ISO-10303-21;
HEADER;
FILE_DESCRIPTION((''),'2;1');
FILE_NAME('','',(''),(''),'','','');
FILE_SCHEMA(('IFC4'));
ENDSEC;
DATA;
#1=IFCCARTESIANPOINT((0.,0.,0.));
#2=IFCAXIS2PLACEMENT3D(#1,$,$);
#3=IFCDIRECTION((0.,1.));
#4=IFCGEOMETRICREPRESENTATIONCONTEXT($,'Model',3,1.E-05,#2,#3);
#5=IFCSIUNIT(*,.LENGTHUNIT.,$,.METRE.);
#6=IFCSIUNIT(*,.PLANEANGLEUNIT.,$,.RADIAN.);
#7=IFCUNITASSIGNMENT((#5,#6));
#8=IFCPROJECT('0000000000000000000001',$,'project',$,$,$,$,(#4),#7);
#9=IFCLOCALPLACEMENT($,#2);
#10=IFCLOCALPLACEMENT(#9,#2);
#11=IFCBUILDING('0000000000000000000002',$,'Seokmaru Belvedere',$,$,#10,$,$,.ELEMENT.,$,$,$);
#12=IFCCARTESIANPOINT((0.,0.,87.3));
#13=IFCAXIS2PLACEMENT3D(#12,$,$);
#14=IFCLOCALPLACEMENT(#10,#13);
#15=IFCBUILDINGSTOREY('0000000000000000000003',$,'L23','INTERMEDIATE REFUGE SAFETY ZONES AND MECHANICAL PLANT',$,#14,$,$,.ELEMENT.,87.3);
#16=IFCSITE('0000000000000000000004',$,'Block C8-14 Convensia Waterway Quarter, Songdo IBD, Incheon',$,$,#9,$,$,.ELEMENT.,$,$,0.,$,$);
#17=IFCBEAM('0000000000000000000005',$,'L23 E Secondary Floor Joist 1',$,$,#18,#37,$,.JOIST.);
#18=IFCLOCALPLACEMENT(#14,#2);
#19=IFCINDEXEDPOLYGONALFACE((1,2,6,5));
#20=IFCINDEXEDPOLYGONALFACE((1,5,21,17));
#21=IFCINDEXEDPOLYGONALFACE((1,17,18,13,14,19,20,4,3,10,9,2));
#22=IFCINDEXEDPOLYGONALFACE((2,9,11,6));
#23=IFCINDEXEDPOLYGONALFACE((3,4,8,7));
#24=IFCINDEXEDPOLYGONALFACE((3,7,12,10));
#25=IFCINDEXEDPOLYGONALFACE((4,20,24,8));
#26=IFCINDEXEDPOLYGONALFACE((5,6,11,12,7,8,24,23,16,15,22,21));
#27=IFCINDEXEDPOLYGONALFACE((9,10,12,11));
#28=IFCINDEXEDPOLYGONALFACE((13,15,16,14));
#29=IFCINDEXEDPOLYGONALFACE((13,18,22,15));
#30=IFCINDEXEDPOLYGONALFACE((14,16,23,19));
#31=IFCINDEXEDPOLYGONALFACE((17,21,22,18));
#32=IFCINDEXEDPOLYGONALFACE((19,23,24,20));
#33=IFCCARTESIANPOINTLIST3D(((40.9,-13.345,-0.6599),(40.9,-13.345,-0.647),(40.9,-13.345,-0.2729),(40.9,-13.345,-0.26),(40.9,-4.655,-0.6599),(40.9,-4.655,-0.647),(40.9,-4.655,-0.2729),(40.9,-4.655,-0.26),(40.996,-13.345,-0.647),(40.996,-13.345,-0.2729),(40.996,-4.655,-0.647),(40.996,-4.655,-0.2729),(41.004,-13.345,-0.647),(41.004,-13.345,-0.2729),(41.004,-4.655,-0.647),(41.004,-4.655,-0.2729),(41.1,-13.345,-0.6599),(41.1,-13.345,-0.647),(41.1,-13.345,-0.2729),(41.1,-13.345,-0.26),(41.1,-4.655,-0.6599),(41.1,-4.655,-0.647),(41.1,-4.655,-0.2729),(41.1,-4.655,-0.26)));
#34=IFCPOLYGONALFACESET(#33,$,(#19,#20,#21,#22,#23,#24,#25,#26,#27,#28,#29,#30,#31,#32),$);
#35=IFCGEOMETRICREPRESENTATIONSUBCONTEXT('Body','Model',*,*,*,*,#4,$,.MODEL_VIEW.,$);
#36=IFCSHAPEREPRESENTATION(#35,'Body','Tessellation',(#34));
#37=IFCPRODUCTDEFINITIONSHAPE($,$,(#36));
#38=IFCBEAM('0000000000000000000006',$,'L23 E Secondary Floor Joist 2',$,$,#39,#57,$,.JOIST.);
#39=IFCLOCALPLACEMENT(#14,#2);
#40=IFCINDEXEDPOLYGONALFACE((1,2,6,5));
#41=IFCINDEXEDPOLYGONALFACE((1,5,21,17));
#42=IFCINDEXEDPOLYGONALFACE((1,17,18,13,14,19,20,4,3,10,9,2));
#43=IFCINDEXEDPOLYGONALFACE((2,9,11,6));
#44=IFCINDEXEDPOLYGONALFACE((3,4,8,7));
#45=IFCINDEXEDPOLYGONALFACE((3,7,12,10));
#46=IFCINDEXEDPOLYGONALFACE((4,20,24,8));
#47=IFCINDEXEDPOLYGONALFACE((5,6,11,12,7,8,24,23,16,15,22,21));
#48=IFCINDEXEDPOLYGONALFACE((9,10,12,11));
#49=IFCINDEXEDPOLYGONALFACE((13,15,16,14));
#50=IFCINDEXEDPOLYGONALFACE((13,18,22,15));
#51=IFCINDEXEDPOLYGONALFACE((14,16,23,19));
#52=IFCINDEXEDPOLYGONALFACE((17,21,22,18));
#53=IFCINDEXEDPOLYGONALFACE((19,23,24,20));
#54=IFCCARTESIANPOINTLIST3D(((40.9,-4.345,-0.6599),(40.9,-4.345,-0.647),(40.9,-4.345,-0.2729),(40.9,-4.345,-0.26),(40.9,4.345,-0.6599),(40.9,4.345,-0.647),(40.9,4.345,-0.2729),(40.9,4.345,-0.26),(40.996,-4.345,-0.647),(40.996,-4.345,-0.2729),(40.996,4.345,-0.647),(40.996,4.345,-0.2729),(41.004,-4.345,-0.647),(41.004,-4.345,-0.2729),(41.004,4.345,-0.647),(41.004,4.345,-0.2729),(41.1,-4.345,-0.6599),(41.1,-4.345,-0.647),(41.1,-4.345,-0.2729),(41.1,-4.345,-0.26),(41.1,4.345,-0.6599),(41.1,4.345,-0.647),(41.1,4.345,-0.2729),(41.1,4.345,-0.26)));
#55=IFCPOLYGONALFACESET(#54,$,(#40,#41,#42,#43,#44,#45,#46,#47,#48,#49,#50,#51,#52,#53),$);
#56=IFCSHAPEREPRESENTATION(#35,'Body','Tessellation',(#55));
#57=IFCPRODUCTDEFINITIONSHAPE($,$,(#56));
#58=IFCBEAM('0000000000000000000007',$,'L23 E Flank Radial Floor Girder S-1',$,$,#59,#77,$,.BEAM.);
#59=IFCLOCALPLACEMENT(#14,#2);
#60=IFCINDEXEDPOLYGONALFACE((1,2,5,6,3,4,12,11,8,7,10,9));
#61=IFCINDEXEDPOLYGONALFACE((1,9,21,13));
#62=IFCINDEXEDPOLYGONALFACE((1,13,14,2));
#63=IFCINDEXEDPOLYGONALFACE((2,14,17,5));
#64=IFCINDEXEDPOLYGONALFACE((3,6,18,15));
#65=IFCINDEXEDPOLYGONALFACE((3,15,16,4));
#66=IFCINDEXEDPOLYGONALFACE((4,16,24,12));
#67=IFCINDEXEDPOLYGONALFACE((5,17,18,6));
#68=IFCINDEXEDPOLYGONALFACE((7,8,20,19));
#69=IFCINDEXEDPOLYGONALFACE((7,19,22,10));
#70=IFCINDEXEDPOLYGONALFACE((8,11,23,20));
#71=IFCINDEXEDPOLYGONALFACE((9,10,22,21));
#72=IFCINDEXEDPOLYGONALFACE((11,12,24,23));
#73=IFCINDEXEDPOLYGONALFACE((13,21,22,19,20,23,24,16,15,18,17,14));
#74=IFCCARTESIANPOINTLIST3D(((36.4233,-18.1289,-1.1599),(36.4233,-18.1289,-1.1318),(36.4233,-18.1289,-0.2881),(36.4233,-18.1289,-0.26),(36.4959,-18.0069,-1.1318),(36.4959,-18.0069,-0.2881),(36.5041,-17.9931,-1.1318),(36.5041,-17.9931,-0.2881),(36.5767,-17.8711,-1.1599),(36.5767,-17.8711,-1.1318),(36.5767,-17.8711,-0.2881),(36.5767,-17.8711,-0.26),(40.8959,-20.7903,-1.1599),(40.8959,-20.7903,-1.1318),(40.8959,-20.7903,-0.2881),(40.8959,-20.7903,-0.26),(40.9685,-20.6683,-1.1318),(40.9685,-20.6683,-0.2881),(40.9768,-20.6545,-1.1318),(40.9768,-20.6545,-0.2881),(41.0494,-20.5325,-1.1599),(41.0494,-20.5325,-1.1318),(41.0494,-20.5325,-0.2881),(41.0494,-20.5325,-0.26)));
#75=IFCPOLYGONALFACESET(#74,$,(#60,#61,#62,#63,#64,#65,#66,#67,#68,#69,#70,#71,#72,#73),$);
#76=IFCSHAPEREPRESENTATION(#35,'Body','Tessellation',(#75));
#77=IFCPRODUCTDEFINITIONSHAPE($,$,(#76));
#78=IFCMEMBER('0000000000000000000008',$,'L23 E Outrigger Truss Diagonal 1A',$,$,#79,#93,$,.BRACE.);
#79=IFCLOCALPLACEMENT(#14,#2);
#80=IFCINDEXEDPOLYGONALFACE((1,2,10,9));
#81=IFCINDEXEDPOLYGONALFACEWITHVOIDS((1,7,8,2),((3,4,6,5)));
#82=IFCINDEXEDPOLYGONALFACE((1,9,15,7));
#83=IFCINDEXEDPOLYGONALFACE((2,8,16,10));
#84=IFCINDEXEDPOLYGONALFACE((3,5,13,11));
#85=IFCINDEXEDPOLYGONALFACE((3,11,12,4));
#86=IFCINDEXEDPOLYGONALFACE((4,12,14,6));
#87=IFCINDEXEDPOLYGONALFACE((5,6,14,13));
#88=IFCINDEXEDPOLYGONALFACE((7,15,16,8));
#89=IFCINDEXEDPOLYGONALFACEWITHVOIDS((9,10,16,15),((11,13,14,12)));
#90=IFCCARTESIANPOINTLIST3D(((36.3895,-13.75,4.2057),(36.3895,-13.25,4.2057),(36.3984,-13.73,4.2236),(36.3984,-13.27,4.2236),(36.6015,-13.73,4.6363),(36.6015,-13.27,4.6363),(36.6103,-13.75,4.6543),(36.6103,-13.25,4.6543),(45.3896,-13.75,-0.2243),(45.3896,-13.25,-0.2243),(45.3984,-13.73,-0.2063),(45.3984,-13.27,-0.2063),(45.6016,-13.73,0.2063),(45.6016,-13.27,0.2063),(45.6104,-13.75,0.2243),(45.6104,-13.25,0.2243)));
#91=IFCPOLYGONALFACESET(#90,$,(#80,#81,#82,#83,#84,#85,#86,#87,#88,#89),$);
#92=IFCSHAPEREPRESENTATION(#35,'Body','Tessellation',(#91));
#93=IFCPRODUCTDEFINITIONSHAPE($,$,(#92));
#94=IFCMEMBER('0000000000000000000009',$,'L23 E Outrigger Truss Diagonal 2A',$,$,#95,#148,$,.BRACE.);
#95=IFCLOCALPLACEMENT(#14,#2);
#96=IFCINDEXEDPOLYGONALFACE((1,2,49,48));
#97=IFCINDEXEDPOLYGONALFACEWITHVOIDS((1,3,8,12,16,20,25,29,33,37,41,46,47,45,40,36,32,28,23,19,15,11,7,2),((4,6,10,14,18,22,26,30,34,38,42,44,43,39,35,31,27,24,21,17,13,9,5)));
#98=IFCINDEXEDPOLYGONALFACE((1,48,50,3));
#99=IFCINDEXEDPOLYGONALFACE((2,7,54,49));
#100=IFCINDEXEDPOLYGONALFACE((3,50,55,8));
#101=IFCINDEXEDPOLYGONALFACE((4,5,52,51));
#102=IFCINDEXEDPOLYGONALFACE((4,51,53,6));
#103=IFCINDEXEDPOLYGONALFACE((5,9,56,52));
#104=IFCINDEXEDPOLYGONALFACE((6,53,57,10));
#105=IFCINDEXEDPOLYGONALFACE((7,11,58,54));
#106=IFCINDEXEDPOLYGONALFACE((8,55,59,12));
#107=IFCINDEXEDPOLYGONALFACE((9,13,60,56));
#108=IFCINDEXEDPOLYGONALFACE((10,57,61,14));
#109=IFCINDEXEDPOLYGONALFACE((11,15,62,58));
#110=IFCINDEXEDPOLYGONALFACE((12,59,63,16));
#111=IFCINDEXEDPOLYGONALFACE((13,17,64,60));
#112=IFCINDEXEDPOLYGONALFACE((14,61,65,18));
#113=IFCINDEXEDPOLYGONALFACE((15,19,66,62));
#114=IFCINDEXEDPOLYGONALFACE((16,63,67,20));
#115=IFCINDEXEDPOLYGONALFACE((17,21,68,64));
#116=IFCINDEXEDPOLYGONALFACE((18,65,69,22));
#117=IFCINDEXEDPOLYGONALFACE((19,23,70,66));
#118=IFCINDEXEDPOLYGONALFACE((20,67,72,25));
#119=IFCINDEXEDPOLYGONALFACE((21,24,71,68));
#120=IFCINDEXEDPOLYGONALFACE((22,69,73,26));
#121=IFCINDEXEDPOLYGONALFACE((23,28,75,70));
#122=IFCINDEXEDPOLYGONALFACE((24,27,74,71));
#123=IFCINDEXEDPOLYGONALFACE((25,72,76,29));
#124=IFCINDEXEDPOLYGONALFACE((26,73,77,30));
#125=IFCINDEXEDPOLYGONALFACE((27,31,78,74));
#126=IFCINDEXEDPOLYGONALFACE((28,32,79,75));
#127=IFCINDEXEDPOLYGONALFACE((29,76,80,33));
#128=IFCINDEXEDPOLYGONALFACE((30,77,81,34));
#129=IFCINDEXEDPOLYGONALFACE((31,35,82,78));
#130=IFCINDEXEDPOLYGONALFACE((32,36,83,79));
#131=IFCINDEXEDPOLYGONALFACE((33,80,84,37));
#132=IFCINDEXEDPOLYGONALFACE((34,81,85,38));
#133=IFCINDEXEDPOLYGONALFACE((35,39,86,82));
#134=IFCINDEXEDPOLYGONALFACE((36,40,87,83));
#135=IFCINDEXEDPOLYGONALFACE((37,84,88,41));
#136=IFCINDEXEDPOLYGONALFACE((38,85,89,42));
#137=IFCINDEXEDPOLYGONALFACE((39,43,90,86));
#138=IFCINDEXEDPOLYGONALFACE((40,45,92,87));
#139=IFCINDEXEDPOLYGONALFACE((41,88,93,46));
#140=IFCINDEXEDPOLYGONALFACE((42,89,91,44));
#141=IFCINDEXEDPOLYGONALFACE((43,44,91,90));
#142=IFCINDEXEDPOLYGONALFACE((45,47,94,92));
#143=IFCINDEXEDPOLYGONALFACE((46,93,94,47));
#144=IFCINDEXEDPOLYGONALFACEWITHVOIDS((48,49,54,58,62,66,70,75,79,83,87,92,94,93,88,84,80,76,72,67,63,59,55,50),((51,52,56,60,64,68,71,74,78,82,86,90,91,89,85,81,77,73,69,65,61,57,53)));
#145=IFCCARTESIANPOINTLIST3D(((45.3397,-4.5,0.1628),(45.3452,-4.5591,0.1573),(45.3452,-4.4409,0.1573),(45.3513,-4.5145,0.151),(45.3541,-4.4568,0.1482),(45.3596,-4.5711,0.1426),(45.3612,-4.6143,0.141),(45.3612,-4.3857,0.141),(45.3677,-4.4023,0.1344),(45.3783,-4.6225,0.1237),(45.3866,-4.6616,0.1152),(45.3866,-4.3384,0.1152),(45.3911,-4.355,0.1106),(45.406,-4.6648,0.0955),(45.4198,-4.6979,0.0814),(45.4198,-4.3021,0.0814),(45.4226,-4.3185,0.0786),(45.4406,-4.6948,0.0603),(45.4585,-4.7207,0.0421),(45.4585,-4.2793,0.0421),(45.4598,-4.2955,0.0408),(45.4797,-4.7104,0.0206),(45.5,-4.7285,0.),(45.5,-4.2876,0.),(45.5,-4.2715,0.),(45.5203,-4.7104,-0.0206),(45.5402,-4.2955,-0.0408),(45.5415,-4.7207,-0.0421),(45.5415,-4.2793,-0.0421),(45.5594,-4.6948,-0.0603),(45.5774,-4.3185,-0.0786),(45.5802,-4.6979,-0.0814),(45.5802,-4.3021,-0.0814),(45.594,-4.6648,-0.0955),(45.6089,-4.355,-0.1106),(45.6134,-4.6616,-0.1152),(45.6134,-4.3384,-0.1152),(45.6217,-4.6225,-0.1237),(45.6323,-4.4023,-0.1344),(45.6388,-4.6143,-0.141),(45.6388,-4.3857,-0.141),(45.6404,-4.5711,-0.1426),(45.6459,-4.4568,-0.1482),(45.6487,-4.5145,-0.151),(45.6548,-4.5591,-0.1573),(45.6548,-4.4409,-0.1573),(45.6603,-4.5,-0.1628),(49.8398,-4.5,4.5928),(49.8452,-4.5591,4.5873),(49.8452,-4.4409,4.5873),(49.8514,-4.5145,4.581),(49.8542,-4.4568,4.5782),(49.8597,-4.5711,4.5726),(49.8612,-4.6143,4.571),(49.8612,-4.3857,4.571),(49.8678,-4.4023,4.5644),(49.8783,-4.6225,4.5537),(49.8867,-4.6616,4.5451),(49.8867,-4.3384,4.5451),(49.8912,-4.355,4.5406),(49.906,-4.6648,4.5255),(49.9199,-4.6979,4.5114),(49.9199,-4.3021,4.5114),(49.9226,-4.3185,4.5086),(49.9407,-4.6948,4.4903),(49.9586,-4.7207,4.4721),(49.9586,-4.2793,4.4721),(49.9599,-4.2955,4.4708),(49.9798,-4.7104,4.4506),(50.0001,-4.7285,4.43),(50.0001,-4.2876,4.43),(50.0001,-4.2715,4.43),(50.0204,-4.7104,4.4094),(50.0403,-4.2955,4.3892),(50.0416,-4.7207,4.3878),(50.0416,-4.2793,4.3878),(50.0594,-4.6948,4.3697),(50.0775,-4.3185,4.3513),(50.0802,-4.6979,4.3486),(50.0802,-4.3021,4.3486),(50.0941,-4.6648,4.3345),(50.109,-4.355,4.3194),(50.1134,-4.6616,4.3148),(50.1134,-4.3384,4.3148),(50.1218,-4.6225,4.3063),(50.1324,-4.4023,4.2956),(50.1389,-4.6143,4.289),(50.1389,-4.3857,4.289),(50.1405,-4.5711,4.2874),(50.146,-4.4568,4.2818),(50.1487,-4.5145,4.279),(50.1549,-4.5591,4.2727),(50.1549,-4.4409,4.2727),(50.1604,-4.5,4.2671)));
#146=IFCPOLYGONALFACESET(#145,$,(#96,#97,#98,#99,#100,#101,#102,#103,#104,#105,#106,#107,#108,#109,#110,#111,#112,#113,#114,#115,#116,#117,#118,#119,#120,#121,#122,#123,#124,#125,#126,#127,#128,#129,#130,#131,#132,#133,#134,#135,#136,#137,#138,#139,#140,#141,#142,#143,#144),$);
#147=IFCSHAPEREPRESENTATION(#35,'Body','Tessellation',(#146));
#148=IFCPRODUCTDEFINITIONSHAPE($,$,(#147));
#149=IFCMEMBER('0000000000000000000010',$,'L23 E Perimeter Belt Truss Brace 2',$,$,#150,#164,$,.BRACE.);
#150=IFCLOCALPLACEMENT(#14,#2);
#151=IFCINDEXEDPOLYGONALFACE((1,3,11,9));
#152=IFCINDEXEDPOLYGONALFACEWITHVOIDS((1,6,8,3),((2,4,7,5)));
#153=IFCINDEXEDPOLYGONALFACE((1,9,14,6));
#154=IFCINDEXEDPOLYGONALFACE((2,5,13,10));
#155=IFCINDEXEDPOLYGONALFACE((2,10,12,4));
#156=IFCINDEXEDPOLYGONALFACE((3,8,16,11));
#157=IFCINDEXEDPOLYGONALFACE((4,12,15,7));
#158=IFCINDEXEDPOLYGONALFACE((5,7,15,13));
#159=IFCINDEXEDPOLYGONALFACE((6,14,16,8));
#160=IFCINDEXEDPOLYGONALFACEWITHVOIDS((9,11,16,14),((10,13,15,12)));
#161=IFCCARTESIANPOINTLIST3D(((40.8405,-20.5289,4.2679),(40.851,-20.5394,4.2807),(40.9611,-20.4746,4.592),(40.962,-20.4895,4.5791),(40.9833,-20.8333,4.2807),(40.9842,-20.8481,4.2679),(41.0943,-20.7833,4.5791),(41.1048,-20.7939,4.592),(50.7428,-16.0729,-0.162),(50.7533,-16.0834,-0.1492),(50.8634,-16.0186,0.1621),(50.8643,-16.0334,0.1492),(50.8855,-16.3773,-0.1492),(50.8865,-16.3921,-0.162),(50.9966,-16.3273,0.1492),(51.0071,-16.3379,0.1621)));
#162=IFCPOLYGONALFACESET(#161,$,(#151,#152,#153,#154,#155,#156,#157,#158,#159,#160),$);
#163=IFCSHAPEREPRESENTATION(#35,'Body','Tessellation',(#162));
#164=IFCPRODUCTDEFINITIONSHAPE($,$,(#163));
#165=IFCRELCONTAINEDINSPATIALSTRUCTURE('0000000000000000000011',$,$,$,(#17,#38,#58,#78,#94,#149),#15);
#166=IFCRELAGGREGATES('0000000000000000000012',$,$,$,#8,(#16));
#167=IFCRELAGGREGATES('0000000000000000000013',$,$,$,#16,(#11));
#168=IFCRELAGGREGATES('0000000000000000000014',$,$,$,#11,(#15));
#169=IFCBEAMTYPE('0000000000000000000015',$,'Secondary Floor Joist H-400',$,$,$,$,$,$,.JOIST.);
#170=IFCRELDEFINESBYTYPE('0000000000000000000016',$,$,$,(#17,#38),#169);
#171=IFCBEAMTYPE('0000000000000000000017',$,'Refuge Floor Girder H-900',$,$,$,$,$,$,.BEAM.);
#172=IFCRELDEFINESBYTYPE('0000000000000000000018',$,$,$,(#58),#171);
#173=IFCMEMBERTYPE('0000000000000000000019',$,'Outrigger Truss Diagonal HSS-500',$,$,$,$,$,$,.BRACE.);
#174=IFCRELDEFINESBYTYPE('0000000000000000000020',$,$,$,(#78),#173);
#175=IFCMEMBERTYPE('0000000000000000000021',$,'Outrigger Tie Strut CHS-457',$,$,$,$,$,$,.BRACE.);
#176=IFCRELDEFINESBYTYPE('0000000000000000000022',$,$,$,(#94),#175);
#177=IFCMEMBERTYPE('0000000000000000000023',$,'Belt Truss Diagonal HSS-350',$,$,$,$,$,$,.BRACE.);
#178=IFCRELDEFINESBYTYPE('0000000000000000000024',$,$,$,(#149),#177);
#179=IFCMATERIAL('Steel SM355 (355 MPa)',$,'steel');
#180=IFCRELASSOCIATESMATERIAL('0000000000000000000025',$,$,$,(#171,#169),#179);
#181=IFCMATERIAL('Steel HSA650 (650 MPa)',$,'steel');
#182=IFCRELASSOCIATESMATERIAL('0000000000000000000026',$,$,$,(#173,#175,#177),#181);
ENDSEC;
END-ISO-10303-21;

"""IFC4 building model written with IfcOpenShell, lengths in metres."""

from ifc_helpers import new_model, si_unit, direction, frame, origin, origin_2d, place, context, subcontext, project, spatial, hollow_rectangle, hollow_circle, i_section, extrude, source, transform, mapped, material, material_profile, profile_set, type_object, type_shapes, element, save


model = new_model("IFC4")

# Units and contexts
model_context = context("Model", 3, precision=1e-05, world=origin(), true_north=direction((0.0, 1.0)))
body_context = subcontext(model_context, "Body", "Model", "MODEL_VIEW")
ifc_project = project(units=[si_unit("LENGTHUNIT", "METRE"), si_unit("PLANEANGLEUNIT", "RADIAN")], contexts=[model_context])

# Site, building, storey
site_placement = place(None, origin())
site = spatial("IfcSite", under=ifc_project, at=site_placement, Name="Block C8-14 Convensia Waterway Quarter, Songdo IBD, Incheon", CompositionType="ELEMENT", RefElevation=0.0)
building_placement = place(site_placement, origin())
building = spatial("IfcBuilding", under=site, at=building_placement, Name="Seokmaru Belvedere", CompositionType="ELEMENT")
storey_placement = place(building_placement, frame((0.0, 0.0, 87.3)))
storey = spatial("IfcBuildingStorey", under=building, at=storey_placement, Name="L23", Description="INTERMEDIATE REFUGE SAFETY ZONES AND MECHANICAL PLANT", CompositionType="ELEMENT", Elevation=87.3)

# Shared definitions
ifc_material_1 = material(Name="Steel SM355 (355 MPa)", Category="steel")

# Beams
ifc_material_profile_1 = material_profile(ifc_material_1, i_section(OverallWidth=0.3, OverallDepth=0.8999, WebThickness=0.0161, FlangeThickness=0.0281, at=origin_2d()), Name="H-900x300x16x28")
ifc_profile_set_1 = profile_set([ifc_material_profile_1], Name="Steel SM355 (355 MPa)")
beam_type_1 = type_object("IfcBeamType", Name="Refuge Floor Girder H-900", PredefinedType="BEAM", material=ifc_profile_set_1)
ifc_material_profile_2 = material_profile(ifc_material_1, i_section(OverallWidth=0.2, OverallDepth=0.3999, WebThickness=0.0081, FlangeThickness=0.0129, at=origin_2d()), Name="H-400x200x8x13")
ifc_profile_set_2 = profile_set([ifc_material_profile_2], Name="Steel SM355 (355 MPa)")
beam_type_2 = type_object("IfcBeamType", Name="Secondary Floor Joist H-400", PredefinedType="JOIST", material=ifc_profile_set_2)
shared_shape_1 = source(origin(), body_context, "Body", "SweptSolid", [
    extrude(i_section(OverallWidth=0.2, OverallDepth=0.3999, WebThickness=0.0081, FlangeThickness=0.0129, at=origin_2d()), origin(), (0.0, 0.0, 1.0), 8.6899),
])
type_shapes(beam_type_2, [shared_shape_1])
for number, where, z_axis, x_axis, name in (
    (1, (41.0, -13.345, -0.46), (0.0, 1.0, 0.0), (-1.0, 0.0, 0.0), "L23 E Secondary Floor Joist 1"),
    (2, (41.0, -4.345, -0.46), (0.0, 1.0, 0.0), (-1.0, 0.0, 0.0), "L23 E Secondary Floor Joist 2"),
):
    element("IfcBeam", number, at=place(storey_placement, frame(where, z_axis=z_axis, x_axis=x_axis)), inside=storey, type_object=beam_type_2, Name=name, PredefinedType="JOIST", context=body_context, shape_type="MappedRepresentation", body=[
        mapped(shared_shape_1, transform((0.0, 0.0, 0.0), scale=1.0)),
    ])
shared_shape_2 = source(origin(), body_context, "Body", "SweptSolid", [
    extrude(i_section(OverallWidth=0.3, OverallDepth=0.8999, WebThickness=0.0161, FlangeThickness=0.0281, at=origin_2d()), origin(), (0.0, 0.0, 1.0), 5.2046),
])
beam_1_placement = place(storey_placement, frame((40.9727, -20.6614, -0.71), z_axis=(-0.85937, 0.511354, 0.0), x_axis=(-0.511354, -0.85937, 0.0)))
element("IfcBeam", 3, at=beam_1_placement, inside=storey, type_object=beam_type_1, Name="L23 E Flank Radial Floor Girder S-1", PredefinedType="BEAM", context=body_context, shape_type="MappedRepresentation", body=[
    mapped(shared_shape_2, transform((0.0, 0.0, 0.0), scale=1.0)),
])

# Members
ifc_material_2 = material(Name="Steel HSA650 (650 MPa)", Category="steel")
ifc_material_profile_3 = material_profile(ifc_material_2, hollow_rectangle(XDim=0.5, YDim=0.5, WallThickness=0.02, at=origin_2d()), Name="HSS-500x500x20")
ifc_profile_set_3 = profile_set([ifc_material_profile_3], Name="Steel HSA650 (650 MPa)")
member_type_1 = type_object("IfcMemberType", Name="Outrigger Truss Diagonal HSS-500", PredefinedType="BRACE", material=ifc_profile_set_3)
shared_shape_3 = source(origin(), body_context, "Body", "SweptSolid", [
    extrude(hollow_rectangle(XDim=0.5, YDim=0.5, WallThickness=0.02, at=origin_2d()), origin(), (0.0, 0.0, 1.0), 10.0312),
])
type_shapes(member_type_1, [shared_shape_3])
member_1_placement = place(storey_placement, frame((45.5, -13.5, 0.0), z_axis=(-0.897204, 0.0, 0.441617), x_axis=(0.0, -1.0, 0.0)))
element("IfcMember", 4, at=member_1_placement, inside=storey, type_object=member_type_1, Name="L23 E Outrigger Truss Diagonal 1A", PredefinedType="BRACE", context=body_context, shape_type="MappedRepresentation", body=[
    mapped(shared_shape_3, transform((0.0, 0.0, 0.0), scale=1.0)),
])
ifc_material_profile_4 = material_profile(ifc_material_2, hollow_circle(Radius=0.2285, WallThickness=0.0161, at=origin_2d()), Name="CHS-457.2x16.0")
ifc_profile_set_4 = profile_set([ifc_material_profile_4], Name="Steel HSA650 (650 MPa)")
member_type_2 = type_object("IfcMemberType", Name="Outrigger Tie Strut CHS-457", PredefinedType="BRACE", material=ifc_profile_set_4)
shared_shape_4 = source(origin(), body_context, "Body", "SweptSolid", [
    extrude(hollow_circle(Radius=0.2285, WallThickness=0.0161, at=origin_2d()), origin(), (0.0, 0.0, 1.0), 6.3147),
])
type_shapes(member_type_2, [shared_shape_4])
member_2_placement = place(storey_placement, frame((45.5, -4.5, 0.0), z_axis=(0.712633, 0.0, 0.701537), x_axis=(0.0, 1.0, 0.0)))
element("IfcMember", 5, at=member_2_placement, inside=storey, type_object=member_type_2, Name="L23 E Outrigger Truss Diagonal 2A", PredefinedType="BRACE", context=body_context, shape_type="MappedRepresentation", body=[
    mapped(shared_shape_4, transform((0.0, 0.0, 0.0), scale=1.0)),
])
ifc_material_profile_5 = material_profile(ifc_material_2, hollow_rectangle(XDim=0.3501, YDim=0.3501, WallThickness=0.0139, at=origin_2d()), Name="HSS-350x350x14")
ifc_profile_set_5 = profile_set([ifc_material_profile_5], Name="Steel HSA650 (650 MPa)")
member_type_3 = type_object("IfcMemberType", Name="Belt Truss Diagonal HSS-350", PredefinedType="BRACE", material=ifc_profile_set_5)
shared_shape_5 = source(origin(), body_context, "Body", "SweptSolid", [
    extrude(hollow_rectangle(XDim=0.3501, YDim=0.3501, WallThickness=0.0139, at=origin_2d()), origin(), (0.0, 0.0, 1.0), 11.7275),
])
type_shapes(member_type_3, [shared_shape_5])
member_3_placement = place(storey_placement, frame((40.9727, -20.6614, 4.4299), z_axis=(0.844361, 0.379962, -0.377735), x_axis=(-0.410365, 0.911922, 0.0)))
element("IfcMember", 6, at=member_3_placement, inside=storey, type_object=member_type_3, Name="L23 E Perimeter Belt Truss Brace 2", PredefinedType="BRACE", context=body_context, shape_type="MappedRepresentation", body=[
    mapped(shared_shape_5, transform((0.0, 0.0, 0.0), scale=1.0)),
])

save(model, "model.ifc")
